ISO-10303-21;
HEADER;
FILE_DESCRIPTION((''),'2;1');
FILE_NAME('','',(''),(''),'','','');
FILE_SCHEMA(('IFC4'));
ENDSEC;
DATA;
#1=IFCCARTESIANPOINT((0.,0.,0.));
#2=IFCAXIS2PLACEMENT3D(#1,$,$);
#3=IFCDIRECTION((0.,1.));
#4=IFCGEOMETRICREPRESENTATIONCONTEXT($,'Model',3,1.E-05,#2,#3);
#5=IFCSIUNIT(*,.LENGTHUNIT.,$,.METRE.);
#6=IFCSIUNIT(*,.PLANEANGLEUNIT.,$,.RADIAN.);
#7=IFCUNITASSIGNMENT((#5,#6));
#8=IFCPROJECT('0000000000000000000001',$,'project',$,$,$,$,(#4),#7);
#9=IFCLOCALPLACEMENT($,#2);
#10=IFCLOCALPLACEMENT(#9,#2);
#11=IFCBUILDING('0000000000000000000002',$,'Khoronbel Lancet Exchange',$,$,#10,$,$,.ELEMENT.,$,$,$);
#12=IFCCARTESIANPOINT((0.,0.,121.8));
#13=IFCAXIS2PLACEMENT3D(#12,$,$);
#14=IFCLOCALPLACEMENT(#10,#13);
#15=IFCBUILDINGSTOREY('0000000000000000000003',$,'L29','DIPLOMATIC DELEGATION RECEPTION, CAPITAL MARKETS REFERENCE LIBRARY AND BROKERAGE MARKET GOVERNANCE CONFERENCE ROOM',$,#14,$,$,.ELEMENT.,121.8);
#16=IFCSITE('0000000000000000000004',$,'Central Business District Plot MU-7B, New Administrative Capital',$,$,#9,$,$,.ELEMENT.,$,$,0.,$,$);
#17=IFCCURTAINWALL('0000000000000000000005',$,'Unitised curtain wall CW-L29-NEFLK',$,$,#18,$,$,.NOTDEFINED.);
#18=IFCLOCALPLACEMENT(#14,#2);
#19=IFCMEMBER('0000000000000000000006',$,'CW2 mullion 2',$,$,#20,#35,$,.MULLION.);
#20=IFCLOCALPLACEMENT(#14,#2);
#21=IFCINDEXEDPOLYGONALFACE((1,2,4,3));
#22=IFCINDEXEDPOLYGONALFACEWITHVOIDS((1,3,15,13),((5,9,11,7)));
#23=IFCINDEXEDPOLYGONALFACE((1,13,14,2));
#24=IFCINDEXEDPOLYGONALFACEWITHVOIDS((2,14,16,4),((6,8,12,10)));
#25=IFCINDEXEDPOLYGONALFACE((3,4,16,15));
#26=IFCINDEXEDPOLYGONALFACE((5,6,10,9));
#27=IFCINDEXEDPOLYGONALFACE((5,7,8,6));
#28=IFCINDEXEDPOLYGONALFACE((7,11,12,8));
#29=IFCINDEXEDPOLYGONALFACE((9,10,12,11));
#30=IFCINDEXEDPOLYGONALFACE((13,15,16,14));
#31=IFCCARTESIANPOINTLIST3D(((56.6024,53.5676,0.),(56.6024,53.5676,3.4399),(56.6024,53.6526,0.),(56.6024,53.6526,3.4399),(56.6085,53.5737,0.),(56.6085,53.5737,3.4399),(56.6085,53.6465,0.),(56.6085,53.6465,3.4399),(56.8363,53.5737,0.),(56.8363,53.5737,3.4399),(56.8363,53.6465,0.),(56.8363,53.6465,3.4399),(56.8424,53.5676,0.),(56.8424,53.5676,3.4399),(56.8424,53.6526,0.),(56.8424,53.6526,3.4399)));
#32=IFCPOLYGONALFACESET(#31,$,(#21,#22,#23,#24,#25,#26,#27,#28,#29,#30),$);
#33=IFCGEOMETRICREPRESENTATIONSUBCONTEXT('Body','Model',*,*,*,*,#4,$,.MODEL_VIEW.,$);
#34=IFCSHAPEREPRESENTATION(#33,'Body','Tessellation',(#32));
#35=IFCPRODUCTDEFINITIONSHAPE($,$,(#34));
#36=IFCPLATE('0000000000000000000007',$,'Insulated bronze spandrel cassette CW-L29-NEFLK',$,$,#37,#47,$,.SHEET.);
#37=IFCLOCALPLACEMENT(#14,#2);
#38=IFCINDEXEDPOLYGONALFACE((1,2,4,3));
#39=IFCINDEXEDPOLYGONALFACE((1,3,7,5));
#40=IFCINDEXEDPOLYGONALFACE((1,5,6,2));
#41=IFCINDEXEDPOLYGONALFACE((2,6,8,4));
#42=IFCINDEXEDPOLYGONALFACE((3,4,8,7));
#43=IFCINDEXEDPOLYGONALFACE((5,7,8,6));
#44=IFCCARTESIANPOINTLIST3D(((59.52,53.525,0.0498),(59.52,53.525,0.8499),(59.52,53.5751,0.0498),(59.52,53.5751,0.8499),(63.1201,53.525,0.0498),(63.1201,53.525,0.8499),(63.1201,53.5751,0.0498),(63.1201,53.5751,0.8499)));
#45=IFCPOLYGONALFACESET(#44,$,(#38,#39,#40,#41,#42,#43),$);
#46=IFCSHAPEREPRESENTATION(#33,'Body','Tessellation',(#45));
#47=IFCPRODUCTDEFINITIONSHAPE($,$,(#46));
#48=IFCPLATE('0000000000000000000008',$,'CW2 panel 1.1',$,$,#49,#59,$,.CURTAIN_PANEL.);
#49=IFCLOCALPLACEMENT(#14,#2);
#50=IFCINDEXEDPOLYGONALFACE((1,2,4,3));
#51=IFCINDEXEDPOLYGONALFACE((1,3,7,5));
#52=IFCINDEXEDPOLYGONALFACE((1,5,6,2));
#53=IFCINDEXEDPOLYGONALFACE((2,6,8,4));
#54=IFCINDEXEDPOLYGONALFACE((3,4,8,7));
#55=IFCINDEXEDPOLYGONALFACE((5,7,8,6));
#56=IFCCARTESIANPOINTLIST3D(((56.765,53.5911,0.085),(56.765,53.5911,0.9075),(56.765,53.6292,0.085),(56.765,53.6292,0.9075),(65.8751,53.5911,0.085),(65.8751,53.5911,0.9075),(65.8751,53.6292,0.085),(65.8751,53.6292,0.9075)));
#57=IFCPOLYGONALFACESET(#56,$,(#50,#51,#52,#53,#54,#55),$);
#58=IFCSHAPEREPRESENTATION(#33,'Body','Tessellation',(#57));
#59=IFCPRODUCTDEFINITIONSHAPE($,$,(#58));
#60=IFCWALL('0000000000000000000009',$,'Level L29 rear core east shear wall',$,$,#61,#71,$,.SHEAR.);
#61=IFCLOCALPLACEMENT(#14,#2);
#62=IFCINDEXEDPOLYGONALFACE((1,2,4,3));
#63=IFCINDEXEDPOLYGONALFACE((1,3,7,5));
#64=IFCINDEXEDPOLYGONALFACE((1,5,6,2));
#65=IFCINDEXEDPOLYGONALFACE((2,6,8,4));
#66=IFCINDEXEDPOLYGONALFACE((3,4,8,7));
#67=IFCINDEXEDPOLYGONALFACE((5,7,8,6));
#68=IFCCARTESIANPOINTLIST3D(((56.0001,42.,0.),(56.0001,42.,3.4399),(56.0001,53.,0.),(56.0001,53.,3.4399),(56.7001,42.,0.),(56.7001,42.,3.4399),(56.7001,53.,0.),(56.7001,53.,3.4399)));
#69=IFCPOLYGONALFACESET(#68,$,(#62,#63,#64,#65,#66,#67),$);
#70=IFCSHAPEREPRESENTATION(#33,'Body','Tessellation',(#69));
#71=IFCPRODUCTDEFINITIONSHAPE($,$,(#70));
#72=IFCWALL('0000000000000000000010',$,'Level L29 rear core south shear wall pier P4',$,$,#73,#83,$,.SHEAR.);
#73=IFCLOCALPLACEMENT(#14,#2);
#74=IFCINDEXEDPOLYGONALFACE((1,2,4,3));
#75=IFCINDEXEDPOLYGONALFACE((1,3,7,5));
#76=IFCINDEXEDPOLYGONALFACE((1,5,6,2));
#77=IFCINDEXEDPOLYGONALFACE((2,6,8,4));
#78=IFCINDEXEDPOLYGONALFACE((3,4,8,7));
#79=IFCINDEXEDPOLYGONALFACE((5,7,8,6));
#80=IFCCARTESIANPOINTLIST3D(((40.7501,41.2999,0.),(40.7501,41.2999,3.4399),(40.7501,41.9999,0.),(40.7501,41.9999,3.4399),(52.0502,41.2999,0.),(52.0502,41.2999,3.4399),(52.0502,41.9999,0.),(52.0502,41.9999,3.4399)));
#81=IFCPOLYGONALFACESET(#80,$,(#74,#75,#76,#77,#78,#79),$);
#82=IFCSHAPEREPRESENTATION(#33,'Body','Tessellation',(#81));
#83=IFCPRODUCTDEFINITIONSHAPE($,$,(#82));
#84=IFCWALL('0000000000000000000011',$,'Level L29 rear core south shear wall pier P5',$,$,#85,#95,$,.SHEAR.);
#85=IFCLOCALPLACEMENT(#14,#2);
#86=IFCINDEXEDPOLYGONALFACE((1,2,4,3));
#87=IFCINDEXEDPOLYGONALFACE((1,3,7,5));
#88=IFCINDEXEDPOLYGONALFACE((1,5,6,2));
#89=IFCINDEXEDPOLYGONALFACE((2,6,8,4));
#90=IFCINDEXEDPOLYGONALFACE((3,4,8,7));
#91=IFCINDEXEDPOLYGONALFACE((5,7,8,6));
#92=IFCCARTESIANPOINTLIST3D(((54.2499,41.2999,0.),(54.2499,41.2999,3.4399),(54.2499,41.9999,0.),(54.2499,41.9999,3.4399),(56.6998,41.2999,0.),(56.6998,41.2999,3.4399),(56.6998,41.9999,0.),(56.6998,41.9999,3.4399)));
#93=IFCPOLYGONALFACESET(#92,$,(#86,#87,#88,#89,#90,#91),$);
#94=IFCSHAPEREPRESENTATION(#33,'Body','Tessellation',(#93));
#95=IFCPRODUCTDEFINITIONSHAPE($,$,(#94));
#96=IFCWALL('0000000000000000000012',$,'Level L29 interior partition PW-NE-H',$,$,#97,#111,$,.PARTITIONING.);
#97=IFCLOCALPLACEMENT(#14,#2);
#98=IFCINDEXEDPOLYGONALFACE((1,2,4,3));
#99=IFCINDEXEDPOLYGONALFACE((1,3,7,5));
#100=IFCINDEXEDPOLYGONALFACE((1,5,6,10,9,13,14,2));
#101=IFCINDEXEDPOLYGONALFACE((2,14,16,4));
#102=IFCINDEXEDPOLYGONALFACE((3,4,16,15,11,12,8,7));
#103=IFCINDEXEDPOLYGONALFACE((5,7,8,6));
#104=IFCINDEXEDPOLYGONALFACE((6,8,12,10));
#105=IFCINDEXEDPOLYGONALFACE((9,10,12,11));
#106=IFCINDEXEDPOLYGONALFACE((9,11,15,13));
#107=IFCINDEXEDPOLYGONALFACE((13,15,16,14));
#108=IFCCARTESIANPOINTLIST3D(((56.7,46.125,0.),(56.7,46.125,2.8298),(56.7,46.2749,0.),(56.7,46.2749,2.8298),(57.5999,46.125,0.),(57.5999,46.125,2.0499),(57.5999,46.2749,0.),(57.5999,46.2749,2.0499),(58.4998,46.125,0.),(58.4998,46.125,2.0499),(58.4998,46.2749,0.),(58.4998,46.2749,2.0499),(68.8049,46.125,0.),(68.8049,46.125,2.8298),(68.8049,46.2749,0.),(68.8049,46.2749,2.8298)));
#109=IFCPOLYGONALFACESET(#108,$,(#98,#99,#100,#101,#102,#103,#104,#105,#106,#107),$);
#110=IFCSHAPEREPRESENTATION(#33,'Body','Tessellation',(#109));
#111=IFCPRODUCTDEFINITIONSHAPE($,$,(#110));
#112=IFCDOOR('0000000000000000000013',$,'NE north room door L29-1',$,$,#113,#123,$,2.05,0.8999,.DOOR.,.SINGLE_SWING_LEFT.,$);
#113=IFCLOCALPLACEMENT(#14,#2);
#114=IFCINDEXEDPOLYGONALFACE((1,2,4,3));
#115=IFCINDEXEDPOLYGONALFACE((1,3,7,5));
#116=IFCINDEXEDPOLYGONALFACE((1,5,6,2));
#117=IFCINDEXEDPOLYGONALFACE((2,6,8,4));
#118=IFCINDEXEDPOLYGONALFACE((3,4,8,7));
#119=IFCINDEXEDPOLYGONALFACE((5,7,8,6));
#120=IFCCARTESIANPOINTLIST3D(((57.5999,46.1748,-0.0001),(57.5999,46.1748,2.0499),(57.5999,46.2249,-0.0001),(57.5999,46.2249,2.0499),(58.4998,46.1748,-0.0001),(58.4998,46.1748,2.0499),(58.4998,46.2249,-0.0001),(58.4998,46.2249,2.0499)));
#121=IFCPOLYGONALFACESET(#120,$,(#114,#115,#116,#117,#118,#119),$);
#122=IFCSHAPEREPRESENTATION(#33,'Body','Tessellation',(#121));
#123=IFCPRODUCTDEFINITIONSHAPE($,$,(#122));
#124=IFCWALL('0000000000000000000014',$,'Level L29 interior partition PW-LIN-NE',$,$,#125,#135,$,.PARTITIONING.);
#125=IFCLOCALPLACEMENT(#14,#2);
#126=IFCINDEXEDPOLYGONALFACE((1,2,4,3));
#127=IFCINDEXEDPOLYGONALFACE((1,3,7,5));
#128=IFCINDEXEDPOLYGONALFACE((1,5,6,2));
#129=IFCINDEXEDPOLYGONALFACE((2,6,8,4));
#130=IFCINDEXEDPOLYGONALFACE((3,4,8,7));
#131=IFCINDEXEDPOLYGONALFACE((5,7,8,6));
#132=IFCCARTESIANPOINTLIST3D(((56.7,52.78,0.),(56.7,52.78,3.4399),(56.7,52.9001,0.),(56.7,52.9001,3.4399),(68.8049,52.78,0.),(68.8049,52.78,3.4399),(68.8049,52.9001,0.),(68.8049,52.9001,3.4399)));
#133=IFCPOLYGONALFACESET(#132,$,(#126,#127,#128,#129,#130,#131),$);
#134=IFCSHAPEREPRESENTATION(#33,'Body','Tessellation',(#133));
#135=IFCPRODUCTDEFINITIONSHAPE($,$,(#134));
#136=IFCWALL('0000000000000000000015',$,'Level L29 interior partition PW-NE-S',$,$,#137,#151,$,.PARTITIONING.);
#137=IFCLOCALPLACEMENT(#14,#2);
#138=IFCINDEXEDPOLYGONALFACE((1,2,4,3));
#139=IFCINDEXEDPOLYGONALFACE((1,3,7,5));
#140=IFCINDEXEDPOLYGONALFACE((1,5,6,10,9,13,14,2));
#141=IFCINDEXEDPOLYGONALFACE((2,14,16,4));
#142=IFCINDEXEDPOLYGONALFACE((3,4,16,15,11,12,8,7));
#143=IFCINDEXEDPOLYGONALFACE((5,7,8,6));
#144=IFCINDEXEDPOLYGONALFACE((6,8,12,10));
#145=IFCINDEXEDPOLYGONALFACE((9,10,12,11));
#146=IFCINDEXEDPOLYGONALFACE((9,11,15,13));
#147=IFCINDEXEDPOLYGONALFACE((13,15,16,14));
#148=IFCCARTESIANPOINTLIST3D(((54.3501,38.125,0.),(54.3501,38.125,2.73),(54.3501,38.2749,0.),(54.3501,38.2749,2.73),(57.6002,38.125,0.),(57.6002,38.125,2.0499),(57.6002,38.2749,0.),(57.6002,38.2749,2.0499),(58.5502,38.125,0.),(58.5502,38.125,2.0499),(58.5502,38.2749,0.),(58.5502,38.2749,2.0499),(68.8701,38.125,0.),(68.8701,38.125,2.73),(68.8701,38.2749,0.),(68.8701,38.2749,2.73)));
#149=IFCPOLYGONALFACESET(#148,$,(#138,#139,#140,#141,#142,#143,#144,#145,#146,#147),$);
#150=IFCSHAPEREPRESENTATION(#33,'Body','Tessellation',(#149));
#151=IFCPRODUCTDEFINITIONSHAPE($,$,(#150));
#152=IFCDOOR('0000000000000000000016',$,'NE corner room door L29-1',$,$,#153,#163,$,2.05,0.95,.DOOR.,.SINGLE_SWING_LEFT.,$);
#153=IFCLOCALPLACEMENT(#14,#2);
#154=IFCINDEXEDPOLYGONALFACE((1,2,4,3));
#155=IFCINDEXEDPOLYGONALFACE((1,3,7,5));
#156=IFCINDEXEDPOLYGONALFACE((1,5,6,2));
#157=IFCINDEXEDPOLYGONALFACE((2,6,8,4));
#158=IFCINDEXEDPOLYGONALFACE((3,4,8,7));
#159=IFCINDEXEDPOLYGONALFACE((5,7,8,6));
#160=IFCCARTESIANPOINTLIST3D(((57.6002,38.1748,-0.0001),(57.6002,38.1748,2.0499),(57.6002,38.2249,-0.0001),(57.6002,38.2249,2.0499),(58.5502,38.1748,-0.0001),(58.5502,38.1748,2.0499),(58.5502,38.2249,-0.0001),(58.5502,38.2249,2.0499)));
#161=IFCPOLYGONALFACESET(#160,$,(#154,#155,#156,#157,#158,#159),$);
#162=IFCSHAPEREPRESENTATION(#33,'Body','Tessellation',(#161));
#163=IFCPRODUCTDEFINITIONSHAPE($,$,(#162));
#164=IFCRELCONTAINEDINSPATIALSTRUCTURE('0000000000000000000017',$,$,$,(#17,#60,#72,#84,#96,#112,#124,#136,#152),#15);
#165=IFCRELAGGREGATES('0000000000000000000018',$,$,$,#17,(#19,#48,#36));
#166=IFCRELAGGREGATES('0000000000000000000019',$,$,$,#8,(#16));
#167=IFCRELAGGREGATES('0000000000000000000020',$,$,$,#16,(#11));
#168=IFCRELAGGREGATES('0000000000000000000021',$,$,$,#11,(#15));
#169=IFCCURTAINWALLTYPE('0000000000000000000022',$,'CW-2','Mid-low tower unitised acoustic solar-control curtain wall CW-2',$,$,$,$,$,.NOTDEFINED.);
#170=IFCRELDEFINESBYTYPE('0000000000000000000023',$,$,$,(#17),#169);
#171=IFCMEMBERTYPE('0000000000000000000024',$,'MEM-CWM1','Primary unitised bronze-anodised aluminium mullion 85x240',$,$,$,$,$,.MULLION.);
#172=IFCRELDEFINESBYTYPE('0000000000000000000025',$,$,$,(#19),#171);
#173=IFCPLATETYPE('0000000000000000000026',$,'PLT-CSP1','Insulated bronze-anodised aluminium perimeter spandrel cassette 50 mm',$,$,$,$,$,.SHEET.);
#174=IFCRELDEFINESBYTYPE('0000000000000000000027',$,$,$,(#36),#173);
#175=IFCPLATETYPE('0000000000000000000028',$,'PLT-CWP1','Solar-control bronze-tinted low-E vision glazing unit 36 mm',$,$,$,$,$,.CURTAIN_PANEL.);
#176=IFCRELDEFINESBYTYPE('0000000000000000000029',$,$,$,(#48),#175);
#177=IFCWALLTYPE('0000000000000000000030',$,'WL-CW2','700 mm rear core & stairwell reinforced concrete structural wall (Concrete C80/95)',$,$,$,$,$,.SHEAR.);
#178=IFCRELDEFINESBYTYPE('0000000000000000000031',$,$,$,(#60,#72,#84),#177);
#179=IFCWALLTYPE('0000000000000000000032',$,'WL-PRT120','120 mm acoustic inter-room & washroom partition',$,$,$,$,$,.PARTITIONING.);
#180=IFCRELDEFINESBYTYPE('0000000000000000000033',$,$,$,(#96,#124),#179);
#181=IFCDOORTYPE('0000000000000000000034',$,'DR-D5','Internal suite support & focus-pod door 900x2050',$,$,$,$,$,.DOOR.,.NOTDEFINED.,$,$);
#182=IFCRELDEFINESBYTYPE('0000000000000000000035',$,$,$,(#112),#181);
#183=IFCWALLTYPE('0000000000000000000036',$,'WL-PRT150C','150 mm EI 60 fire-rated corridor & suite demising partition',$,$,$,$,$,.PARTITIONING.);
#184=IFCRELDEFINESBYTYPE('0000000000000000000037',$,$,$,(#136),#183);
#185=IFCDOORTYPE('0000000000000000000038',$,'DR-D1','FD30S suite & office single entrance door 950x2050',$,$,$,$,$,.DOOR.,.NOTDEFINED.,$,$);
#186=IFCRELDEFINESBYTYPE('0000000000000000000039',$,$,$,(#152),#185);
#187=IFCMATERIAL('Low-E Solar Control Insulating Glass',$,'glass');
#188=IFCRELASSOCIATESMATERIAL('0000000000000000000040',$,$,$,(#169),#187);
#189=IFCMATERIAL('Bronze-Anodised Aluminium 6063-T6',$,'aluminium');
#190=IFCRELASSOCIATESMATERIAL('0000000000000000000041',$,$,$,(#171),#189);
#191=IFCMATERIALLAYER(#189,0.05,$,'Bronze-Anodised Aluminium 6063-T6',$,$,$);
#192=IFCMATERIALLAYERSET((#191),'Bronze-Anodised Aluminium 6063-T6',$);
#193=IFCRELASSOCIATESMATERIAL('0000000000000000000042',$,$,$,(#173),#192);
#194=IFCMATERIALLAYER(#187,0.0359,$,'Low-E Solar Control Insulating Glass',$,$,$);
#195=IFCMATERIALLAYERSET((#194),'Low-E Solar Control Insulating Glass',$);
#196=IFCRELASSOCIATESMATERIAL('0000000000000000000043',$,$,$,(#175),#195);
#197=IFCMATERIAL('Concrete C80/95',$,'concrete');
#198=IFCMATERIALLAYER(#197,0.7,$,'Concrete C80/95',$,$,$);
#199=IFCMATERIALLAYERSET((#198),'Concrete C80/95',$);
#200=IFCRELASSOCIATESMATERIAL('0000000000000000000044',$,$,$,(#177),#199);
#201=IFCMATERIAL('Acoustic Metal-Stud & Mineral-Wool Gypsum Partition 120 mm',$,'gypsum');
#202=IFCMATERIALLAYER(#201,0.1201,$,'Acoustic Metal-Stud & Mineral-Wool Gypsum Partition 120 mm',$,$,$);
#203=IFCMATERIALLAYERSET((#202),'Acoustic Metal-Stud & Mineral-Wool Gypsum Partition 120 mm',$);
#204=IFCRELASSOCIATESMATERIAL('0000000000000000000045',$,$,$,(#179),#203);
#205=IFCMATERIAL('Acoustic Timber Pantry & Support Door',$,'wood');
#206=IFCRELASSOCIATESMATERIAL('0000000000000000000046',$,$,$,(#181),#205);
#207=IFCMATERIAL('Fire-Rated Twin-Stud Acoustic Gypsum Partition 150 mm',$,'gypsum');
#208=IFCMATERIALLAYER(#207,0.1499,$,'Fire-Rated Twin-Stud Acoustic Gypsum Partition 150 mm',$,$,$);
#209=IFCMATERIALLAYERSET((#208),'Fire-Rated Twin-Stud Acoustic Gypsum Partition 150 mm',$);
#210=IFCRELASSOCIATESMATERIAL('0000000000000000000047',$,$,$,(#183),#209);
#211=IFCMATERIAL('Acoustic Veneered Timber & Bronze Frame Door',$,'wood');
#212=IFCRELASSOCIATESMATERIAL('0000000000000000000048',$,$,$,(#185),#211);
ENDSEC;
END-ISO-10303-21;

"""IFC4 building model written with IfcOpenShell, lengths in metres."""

from ifc_helpers import new_model, si_unit, direction, frame, frame_2d, origin, origin_2d, place, context, subcontext, project, spatial, rectangle, hollow_rectangle, extrude, material, layer, layer_set, material_profile, profile_set, type_object, element, fill, aggregate, save


model = new_model("IFC4")

# Units and contexts
model_context = context("Model", 3, precision=1e-05, world=origin(), true_north=direction((0.0, 1.0)))
body_context = subcontext(model_context, "Body", "Model", "MODEL_VIEW")
ifc_project = project(units=[si_unit("LENGTHUNIT", "METRE"), si_unit("PLANEANGLEUNIT", "RADIAN")], contexts=[model_context])

# Site, building, storey
site_placement = place(None, origin())
site = spatial("IfcSite", under=ifc_project, at=site_placement, Name="Central Business District Plot MU-7B, New Administrative Capital", CompositionType="ELEMENT", RefElevation=0.0)
building_placement = place(site_placement, origin())
building = spatial("IfcBuilding", under=site, at=building_placement, Name="Khoronbel Lancet Exchange", CompositionType="ELEMENT")
storey_placement = place(building_placement, frame((0.0, 0.0, 121.8)))
storey = spatial("IfcBuildingStorey", under=building, at=storey_placement, Name="L29", Description="DIPLOMATIC DELEGATION RECEPTION, CAPITAL MARKETS REFERENCE LIBRARY AND BROKERAGE MARKET GOVERNANCE CONFERENCE ROOM", CompositionType="ELEMENT", Elevation=121.8)

# Shared definitions
ifc_material_1 = material(Name="Concrete C80/95", Category="concrete")

# Curtain wall, member, plates
ifc_material_2 = material(Name="Low-E Solar Control Insulating Glass", Category="glass")
curtain_wall_type = type_object("IfcCurtainWallType", Name="CW-2", Description="Mid-low tower unitised acoustic solar-control curtain wall CW-2", PredefinedType="NOTDEFINED", material=ifc_material_2)
curtain_wall_placement = place(storey_placement, origin())
curtain_wall = element("IfcCurtainWall", 1, at=curtain_wall_placement, inside=storey, type_object=curtain_wall_type, Name="Unitised curtain wall CW-L29-NEFLK", PredefinedType="NOTDEFINED")
ifc_material_3 = material(Name="Bronze-Anodised Aluminium 6063-T6", Category="aluminium")
ifc_material_profile_1 = material_profile(ifc_material_3, hollow_rectangle(XDim=0.085, YDim=0.24, WallThickness=0.0061, at=origin_2d()), Name="ALU MULLION 85x240")
ifc_profile_set_1 = profile_set([ifc_material_profile_1], Name="Bronze-Anodised Aluminium 6063-T6")
member_type = type_object("IfcMemberType", Name="MEM-CWM1", Description="Primary unitised bronze-anodised aluminium mullion 85x240", PredefinedType="MULLION", material=ifc_profile_set_1)
member_placement = place(storey_placement, frame((56.7224, 53.6101, 0.0), z_axis=(0.0, 0.0, 1.0), x_axis=(0.0, -1.0, 0.0)))
member = element("IfcMember", 2, at=member_placement, type_object=member_type, Name="CW2 mullion 2", PredefinedType="MULLION", context=body_context, shape_type="SweptSolid", body=[
    extrude(hollow_rectangle(XDim=0.085, YDim=0.24, WallThickness=0.0061, at=origin_2d()), origin(), (0.0, 0.0, 1.0), 3.4399),
])
ifc_layer_1 = layer(ifc_material_3, 0.05, Name="Bronze-Anodised Aluminium 6063-T6")
ifc_layer_set_1 = layer_set([ifc_layer_1], Name="Bronze-Anodised Aluminium 6063-T6")
plate_type_1 = type_object("IfcPlateType", Name="PLT-CSP1", Description="Insulated bronze-anodised aluminium perimeter spandrel cassette 50 mm", PredefinedType="SHEET", material=ifc_layer_set_1)
plate_1_placement = place(storey_placement, frame((61.3201, 53.55, 0.0498), z_axis=(0.0, 0.0, 1.0), x_axis=(-1.0, 0.0, 0.0)))
plate_1 = element("IfcPlate", 3, at=plate_1_placement, type_object=plate_type_1, Name="Insulated bronze spandrel cassette CW-L29-NEFLK", PredefinedType="SHEET", context=body_context, shape_type="SweptSolid", body=[
    extrude(rectangle(XDim=3.6001, YDim=0.05, at=origin_2d()), origin(), (0.0, 0.0, 1.0), 0.8),
])
ifc_layer_2 = layer(ifc_material_2, 0.0359, Name="Low-E Solar Control Insulating Glass")
ifc_layer_set_2 = layer_set([ifc_layer_2], Name="Low-E Solar Control Insulating Glass")
plate_type_2 = type_object("IfcPlateType", Name="PLT-CWP1", Description="Solar-control bronze-tinted low-E vision glazing unit 36 mm", PredefinedType="CURTAIN_PANEL", material=ifc_layer_set_2)
plate_2_placement = place(storey_placement, frame((61.3201, 53.6101, 0.085), z_axis=(0.0, 0.0, 1.0), x_axis=(-1.0, 0.0, 0.0)))
plate_2 = element("IfcPlate", 4, at=plate_2_placement, type_object=plate_type_2, Name="CW2 panel 1.1", PredefinedType="CURTAIN_PANEL", context=body_context, shape_type="SweptSolid", body=[
    extrude(rectangle(XDim=9.1101, YDim=0.0381, at=origin_2d()), origin(), (0.0, 0.0, 1.0), 0.8225),
])
aggregate(curtain_wall, [member, plate_2, plate_1])

# Walls
ifc_layer_3 = layer(ifc_material_1, 0.7, Name="Concrete C80/95")
ifc_layer_set_3 = layer_set([ifc_layer_3], Name="Concrete C80/95")
wall_type_1 = type_object("IfcWallType", Name="WL-CW2", Description="700 mm rear core & stairwell reinforced concrete structural wall (Concrete C80/95)", PredefinedType="SHEAR", material=ifc_layer_set_3)
wall_1_placement = place(storey_placement, frame((56.3501, 53.0, 0.0), z_axis=(0.0, 0.0, 1.0), x_axis=(0.0, -1.0, 0.0)))
element("IfcWall", 5, at=wall_1_placement, inside=storey, type_object=wall_type_1, Name="Level L29 rear core east shear wall", PredefinedType="SHEAR", context=body_context, shape_type="SweptSolid", body=[
    extrude(rectangle(XDim=11.0, YDim=0.7, at=frame_2d((5.5, 0.0))), origin(), (0.0, 0.0, 1.0), 3.4399),
])
wall_2_placement = place(storey_placement, frame((52.05, 41.6499, 0.0), z_axis=(0.0, 0.0, 1.0), x_axis=(-1.0, 0.0, 0.0)))
element("IfcWall", 6, at=wall_2_placement, inside=storey, type_object=wall_type_1, Name="Level L29 rear core south shear wall pier P4", PredefinedType="SHEAR", context=body_context, shape_type="SweptSolid", body=[
    extrude(rectangle(XDim=11.3, YDim=0.7, at=frame_2d((5.6499, 0.0))), origin(), (0.0, 0.0, 1.0), 3.4399),
])
wall_3_placement = place(storey_placement, frame((56.7, 41.6499, 0.0), z_axis=(0.0, 0.0, 1.0), x_axis=(-1.0, 0.0, 0.0)))
element("IfcWall", 7, at=wall_3_placement, inside=storey, type_object=wall_type_1, Name="Level L29 rear core south shear wall pier P5", PredefinedType="SHEAR", context=body_context, shape_type="SweptSolid", body=[
    extrude(rectangle(XDim=2.45, YDim=0.7, at=frame_2d((1.2251, 0.0))), origin(), (0.0, 0.0, 1.0), 3.4399),
])

# Wall, opening, door
ifc_material_4 = material(Name="Acoustic Metal-Stud & Mineral-Wool Gypsum Partition 120 mm", Category="gypsum")
ifc_layer_4 = layer(ifc_material_4, 0.1201, Name="Acoustic Metal-Stud & Mineral-Wool Gypsum Partition 120 mm")
ifc_layer_set_4 = layer_set([ifc_layer_4], Name="Acoustic Metal-Stud & Mineral-Wool Gypsum Partition 120 mm")
wall_type_2 = type_object("IfcWallType", Name="WL-PRT120", Description="120 mm acoustic inter-room & washroom partition", PredefinedType="PARTITIONING", material=ifc_layer_set_4)
wall_4_placement = place(storey_placement, frame((56.7, 46.2, 0.0), z_axis=(0.0, 0.0, 1.0), x_axis=(1.0, 0.0, 0.0)))
wall_4 = element("IfcWall", 8, at=wall_4_placement, inside=storey, type_object=wall_type_2, Name="Level L29 interior partition PW-NE-H", PredefinedType="PARTITIONING", context=body_context, shape_type="SweptSolid", body=[
    extrude(rectangle(XDim=12.105, YDim=0.1499, at=frame_2d((6.0525, 0.0))), origin(), (0.0, 0.0, 1.0), 2.8298),
])
opening_1_placement = place(wall_4_placement, frame((0.8999, 0.0, 0.0)))
opening_1 = element("IfcOpeningElement", 9, at=opening_1_placement, cuts=wall_4, PredefinedType="OPENING", context=body_context, shape_type="SweptSolid", body=[
    extrude(rectangle(XDim=0.8999, YDim=2.05, at=frame_2d((0.45, 1.0249))), frame((0.0, 0.085, 0.0), z_axis=(0.0, -1.0, 0.0), x_axis=(1.0, 0.0, 0.0)), (0.0, 0.0, 1.0), 0.1699),
])
ifc_material_5 = material(Name="Acoustic Timber Pantry & Support Door", Category="wood")
door_type_1 = type_object("IfcDoorType", Name="DR-D5", Description="Internal suite support & focus-pod door 900x2050", OperationType="NOTDEFINED", PredefinedType="DOOR", material=ifc_material_5)
door_1_placement = place(opening_1_placement, origin())
door_1 = element("IfcDoor", 10, at=door_1_placement, inside=storey, type_object=door_type_1, Name="NE north room door L29-1", OperationType="SINGLE_SWING_LEFT", OverallHeight=2.05, OverallWidth=0.8999, PredefinedType="DOOR", context=body_context, shape_type="SweptSolid", body=[
    extrude(rectangle(XDim=0.8999, YDim=2.05, at=frame_2d((0.45, 1.0249))), frame((0.0, 0.0249, 0.0), z_axis=(0.0, -1.0, 0.0), x_axis=(1.0, 0.0, 0.0)), (0.0, 0.0, 1.0), 0.05),
])
fill(opening_1, door_1)

# Wall
wall_5_placement = place(storey_placement, frame((56.7, 52.8401, 0.0), z_axis=(0.0, 0.0, 1.0), x_axis=(1.0, 0.0, 0.0)))
element("IfcWall", 11, at=wall_5_placement, inside=storey, type_object=wall_type_2, Name="Level L29 interior partition PW-LIN-NE", PredefinedType="PARTITIONING", context=body_context, shape_type="SweptSolid", body=[
    extrude(rectangle(XDim=12.105, YDim=0.1201, at=frame_2d((6.0525, 0.0))), origin(), (0.0, 0.0, 1.0), 3.4399),
])

# Wall, opening, door
ifc_material_6 = material(Name="Fire-Rated Twin-Stud Acoustic Gypsum Partition 150 mm", Category="gypsum")
ifc_layer_5 = layer(ifc_material_6, 0.1499, Name="Fire-Rated Twin-Stud Acoustic Gypsum Partition 150 mm")
ifc_layer_set_5 = layer_set([ifc_layer_5], Name="Fire-Rated Twin-Stud Acoustic Gypsum Partition 150 mm")
wall_type_3 = type_object("IfcWallType", Name="WL-PRT150C", Description="150 mm EI 60 fire-rated corridor & suite demising partition", PredefinedType="PARTITIONING", material=ifc_layer_set_5)
wall_6_placement = place(storey_placement, frame((54.3501, 38.2, 0.0), z_axis=(0.0, 0.0, 1.0), x_axis=(1.0, 0.0, 0.0)))
wall_6 = element("IfcWall", 12, at=wall_6_placement, inside=storey, type_object=wall_type_3, Name="Level L29 interior partition PW-NE-S", PredefinedType="PARTITIONING", context=body_context, shape_type="SweptSolid", body=[
    extrude(rectangle(XDim=14.52, YDim=0.1499, at=frame_2d((7.26, 0.0))), origin(), (0.0, 0.0, 1.0), 2.73),
])
opening_2_placement = place(wall_6_placement, frame((3.25, 0.0, 0.0)))
opening_2 = element("IfcOpeningElement", 13, at=opening_2_placement, cuts=wall_6, PredefinedType="OPENING", context=body_context, shape_type="SweptSolid", body=[
    extrude(rectangle(XDim=0.95, YDim=2.05, at=frame_2d((0.4751, 1.0249))), frame((0.0, 0.085, 0.0), z_axis=(0.0, -1.0, 0.0), x_axis=(1.0, 0.0, 0.0)), (0.0, 0.0, 1.0), 0.1699),
])
ifc_material_7 = material(Name="Acoustic Veneered Timber & Bronze Frame Door", Category="wood")
door_type_2 = type_object("IfcDoorType", Name="DR-D1", Description="FD30S suite & office single entrance door 950x2050", OperationType="NOTDEFINED", PredefinedType="DOOR", material=ifc_material_7)
door_2_placement = place(opening_2_placement, origin())
door_2 = element("IfcDoor", 14, at=door_2_placement, inside=storey, type_object=door_type_2, Name="NE corner room door L29-1", OperationType="SINGLE_SWING_LEFT", OverallHeight=2.05, OverallWidth=0.95, PredefinedType="DOOR", context=body_context, shape_type="SweptSolid", body=[
    extrude(rectangle(XDim=0.95, YDim=2.05, at=frame_2d((0.4751, 1.0249))), frame((0.0, 0.0249, 0.0), z_axis=(0.0, -1.0, 0.0), x_axis=(1.0, 0.0, 0.0)), (0.0, 0.0, 1.0), 0.05),
])
fill(opening_2, door_2)

save(model, "model.ifc")
